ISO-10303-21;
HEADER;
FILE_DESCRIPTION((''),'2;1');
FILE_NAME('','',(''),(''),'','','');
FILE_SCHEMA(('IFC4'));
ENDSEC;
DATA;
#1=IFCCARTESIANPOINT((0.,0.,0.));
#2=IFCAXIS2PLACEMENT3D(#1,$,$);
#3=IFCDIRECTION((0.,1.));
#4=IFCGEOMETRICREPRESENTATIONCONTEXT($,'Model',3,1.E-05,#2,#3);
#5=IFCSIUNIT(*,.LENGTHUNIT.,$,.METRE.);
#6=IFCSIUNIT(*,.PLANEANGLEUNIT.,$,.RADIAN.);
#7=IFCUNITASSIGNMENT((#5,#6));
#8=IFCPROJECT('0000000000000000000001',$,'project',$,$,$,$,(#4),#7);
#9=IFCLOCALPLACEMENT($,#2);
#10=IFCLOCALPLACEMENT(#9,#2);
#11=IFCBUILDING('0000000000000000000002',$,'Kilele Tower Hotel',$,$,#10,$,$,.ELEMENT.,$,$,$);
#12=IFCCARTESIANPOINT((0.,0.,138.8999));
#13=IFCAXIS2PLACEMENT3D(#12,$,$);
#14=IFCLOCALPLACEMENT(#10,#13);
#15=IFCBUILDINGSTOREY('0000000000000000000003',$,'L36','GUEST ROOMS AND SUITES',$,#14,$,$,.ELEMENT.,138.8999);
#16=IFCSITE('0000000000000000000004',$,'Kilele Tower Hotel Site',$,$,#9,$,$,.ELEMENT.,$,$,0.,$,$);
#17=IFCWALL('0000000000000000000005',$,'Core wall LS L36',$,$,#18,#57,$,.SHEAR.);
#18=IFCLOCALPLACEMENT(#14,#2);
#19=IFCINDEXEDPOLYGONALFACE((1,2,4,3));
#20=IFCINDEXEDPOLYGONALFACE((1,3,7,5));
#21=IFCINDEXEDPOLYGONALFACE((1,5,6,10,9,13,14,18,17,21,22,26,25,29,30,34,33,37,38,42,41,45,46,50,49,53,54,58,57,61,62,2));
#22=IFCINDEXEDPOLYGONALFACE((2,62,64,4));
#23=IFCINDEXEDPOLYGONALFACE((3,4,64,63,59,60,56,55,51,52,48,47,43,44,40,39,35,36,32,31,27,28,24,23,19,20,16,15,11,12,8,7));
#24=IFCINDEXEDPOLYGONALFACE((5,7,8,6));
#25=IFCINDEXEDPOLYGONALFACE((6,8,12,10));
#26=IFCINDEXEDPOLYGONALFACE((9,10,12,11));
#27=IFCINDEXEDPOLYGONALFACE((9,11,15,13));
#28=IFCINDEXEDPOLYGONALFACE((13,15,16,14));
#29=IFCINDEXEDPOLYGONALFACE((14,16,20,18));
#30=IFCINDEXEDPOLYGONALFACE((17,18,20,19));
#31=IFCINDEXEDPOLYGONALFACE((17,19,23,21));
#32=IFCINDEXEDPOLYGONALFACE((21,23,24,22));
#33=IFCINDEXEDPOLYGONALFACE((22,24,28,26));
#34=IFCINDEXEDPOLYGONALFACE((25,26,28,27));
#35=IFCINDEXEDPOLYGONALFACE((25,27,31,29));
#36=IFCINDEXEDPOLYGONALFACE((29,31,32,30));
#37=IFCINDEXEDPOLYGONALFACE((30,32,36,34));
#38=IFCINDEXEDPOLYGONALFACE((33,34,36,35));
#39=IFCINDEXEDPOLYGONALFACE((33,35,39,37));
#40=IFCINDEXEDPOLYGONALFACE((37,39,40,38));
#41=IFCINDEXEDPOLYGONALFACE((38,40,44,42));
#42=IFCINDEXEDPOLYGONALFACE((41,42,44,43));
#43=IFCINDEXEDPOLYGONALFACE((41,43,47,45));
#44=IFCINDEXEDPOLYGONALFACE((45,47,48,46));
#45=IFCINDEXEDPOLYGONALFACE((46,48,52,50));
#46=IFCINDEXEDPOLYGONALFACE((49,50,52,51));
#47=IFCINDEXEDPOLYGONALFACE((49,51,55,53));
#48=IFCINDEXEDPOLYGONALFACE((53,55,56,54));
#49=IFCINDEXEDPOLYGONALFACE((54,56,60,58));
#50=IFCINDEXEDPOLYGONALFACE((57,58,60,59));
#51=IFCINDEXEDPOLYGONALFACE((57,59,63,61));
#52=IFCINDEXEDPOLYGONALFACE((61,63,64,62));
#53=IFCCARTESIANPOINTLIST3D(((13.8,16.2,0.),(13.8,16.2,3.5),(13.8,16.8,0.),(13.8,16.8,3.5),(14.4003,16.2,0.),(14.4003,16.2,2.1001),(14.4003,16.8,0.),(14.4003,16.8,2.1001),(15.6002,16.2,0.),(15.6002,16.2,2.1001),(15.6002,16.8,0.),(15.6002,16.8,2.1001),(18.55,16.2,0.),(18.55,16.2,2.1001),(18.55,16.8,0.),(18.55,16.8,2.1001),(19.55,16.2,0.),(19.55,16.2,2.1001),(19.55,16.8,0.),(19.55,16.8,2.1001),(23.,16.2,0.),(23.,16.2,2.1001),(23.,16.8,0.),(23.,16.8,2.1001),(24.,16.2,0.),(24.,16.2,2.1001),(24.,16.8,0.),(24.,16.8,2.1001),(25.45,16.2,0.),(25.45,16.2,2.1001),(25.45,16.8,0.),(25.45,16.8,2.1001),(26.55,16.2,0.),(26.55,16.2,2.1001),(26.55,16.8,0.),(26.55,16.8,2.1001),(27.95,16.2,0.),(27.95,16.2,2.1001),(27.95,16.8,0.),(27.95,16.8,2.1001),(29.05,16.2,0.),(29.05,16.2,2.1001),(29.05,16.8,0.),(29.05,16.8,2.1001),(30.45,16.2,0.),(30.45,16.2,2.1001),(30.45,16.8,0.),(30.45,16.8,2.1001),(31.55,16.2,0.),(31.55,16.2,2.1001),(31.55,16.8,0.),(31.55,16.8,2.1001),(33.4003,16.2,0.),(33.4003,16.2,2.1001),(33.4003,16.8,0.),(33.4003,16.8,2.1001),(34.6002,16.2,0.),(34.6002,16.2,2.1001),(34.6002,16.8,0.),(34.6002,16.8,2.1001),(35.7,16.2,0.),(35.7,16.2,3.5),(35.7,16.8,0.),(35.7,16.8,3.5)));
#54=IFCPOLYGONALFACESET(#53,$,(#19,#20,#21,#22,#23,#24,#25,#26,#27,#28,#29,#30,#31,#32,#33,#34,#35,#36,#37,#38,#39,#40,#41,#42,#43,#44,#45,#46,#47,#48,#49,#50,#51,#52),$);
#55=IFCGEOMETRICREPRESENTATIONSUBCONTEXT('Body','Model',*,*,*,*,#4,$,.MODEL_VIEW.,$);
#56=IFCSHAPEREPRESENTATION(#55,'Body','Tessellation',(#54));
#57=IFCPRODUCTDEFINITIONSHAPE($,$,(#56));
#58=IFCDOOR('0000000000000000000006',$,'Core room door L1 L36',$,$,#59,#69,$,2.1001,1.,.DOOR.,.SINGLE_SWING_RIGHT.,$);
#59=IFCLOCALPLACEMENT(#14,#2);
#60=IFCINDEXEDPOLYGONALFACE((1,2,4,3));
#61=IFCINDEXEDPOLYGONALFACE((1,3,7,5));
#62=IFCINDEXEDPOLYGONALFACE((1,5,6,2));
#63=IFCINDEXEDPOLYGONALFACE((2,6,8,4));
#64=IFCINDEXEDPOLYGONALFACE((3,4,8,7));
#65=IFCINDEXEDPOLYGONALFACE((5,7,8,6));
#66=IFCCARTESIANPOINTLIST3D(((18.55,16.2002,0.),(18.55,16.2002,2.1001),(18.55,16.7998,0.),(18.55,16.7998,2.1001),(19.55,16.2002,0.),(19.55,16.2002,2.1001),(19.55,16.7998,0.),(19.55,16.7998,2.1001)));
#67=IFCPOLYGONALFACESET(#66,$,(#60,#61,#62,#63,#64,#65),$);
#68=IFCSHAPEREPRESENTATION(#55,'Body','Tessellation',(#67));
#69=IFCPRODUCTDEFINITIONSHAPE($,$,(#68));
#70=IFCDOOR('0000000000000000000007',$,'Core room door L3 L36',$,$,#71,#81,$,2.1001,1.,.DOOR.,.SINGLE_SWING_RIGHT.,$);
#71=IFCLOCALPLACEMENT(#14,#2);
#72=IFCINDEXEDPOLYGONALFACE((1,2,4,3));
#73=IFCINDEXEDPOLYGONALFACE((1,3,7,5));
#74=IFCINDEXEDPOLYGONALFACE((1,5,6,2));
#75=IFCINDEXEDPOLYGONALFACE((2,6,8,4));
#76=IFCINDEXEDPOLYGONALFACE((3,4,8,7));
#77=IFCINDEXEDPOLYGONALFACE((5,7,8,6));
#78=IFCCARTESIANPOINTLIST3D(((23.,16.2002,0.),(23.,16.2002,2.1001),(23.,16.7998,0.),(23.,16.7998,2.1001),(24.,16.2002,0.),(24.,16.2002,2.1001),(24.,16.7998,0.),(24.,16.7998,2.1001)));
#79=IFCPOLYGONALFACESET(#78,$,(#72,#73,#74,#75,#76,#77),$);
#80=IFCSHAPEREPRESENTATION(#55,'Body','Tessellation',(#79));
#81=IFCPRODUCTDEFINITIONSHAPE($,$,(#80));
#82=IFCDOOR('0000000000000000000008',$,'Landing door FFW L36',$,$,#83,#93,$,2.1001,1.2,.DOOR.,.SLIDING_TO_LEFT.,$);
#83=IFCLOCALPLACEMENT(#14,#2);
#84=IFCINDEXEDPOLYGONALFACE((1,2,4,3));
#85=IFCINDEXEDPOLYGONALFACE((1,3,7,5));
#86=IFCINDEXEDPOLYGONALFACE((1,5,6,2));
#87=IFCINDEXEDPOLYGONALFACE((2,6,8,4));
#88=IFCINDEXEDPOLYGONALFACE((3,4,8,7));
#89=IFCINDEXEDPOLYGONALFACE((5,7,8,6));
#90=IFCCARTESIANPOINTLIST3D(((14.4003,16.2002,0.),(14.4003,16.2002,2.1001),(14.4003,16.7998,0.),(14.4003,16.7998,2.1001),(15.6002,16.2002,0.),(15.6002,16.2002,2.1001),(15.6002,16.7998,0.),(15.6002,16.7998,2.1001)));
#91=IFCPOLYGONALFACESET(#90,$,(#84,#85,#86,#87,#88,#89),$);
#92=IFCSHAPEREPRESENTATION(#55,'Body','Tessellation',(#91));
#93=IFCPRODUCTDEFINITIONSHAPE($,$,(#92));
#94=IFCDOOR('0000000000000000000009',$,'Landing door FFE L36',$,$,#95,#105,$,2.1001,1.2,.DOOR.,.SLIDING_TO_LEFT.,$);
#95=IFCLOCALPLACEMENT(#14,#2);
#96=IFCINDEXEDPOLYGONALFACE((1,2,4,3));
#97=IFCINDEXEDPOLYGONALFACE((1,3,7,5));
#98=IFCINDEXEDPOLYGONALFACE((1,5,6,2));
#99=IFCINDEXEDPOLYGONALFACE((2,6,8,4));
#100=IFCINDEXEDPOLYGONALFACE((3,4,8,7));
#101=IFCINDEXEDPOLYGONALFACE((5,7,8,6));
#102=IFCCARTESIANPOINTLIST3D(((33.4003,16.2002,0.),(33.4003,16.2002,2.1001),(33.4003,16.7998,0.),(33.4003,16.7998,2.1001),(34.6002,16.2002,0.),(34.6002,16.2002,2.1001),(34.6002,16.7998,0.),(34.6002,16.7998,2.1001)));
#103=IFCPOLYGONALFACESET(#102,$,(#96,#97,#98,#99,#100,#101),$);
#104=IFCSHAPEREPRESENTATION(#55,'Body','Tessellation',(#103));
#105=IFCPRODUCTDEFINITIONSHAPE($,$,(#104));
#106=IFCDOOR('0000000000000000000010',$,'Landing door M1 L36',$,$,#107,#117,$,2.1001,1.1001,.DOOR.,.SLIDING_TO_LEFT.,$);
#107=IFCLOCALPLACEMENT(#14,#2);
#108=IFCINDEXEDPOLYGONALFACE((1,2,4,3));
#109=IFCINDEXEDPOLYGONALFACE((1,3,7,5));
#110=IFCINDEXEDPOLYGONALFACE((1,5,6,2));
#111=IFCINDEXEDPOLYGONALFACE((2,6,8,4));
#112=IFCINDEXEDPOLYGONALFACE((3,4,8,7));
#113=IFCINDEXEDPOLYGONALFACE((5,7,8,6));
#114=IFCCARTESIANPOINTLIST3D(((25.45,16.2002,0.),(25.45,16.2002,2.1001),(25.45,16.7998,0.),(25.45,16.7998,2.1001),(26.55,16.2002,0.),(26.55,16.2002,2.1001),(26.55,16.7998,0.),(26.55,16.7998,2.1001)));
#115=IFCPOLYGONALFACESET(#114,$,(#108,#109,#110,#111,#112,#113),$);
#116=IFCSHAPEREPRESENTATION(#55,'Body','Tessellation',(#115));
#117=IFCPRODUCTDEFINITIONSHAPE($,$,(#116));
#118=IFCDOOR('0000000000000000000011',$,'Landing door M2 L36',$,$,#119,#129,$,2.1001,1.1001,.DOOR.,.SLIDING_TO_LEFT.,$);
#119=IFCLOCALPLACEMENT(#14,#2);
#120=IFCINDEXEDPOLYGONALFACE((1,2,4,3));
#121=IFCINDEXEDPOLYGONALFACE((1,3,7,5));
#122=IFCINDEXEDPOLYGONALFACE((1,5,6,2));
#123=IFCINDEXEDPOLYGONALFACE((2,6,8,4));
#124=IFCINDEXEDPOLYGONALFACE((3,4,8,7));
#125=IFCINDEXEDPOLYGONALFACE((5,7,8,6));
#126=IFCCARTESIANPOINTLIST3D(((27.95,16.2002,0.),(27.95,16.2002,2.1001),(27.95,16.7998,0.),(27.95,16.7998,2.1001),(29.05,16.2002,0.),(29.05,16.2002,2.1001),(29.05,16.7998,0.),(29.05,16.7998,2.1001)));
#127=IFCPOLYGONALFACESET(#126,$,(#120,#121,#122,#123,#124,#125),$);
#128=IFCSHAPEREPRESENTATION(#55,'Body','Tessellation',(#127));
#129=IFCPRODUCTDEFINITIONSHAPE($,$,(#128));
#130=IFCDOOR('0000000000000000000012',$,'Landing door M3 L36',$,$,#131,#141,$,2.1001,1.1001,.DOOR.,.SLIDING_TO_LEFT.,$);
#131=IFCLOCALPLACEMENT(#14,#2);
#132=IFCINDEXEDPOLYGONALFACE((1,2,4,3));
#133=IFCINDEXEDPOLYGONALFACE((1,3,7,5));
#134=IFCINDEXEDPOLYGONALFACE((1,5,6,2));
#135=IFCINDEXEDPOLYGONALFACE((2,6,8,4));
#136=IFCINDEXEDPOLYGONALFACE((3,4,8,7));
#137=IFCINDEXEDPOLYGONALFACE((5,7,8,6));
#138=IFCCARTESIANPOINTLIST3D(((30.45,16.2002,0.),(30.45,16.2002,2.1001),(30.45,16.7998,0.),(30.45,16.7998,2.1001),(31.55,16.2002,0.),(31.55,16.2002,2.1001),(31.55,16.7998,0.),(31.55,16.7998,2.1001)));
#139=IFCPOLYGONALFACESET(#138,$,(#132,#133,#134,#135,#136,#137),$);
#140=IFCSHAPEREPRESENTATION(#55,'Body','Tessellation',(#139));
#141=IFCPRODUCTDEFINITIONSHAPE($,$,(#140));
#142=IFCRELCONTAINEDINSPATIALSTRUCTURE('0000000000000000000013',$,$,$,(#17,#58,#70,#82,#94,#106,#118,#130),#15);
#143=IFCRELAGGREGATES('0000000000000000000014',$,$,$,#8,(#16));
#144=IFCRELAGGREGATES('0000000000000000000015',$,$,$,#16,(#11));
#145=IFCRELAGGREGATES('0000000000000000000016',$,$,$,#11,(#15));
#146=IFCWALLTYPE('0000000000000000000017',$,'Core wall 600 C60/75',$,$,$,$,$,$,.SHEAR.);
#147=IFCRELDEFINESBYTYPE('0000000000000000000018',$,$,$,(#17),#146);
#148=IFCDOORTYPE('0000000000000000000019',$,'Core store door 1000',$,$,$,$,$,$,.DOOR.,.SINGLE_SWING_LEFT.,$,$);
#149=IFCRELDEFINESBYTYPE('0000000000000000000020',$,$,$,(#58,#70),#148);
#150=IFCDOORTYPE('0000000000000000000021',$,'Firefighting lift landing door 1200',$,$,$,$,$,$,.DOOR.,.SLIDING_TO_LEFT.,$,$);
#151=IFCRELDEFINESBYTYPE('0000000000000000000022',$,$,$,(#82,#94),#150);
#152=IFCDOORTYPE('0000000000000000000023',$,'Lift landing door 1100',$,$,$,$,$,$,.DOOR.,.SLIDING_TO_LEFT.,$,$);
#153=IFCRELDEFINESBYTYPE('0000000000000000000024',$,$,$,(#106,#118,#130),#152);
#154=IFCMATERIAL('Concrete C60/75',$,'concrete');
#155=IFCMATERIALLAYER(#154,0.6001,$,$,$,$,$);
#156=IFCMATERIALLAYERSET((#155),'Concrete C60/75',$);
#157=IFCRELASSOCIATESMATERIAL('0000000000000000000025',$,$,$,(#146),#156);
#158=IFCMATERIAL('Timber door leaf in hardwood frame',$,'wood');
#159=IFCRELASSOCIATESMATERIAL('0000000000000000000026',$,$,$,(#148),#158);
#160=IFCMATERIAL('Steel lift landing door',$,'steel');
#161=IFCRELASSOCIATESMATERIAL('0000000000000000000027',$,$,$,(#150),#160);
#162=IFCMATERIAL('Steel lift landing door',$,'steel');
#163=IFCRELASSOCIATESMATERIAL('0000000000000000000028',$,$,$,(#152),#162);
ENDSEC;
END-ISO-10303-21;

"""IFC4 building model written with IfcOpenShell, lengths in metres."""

from ifc_helpers import new_model, si_unit, direction, frame, frame_2d, origin, place, context, subcontext, project, spatial, rectangle, extrude, material, layer, layer_set, type_object, element, fill, save


model = new_model("IFC4")

# Units and contexts
model_context = context("Model", 3, precision=1e-05, world=origin(), true_north=direction((0.0, 1.0)))
body_context = subcontext(model_context, "Body", "Model", "MODEL_VIEW")
ifc_project = project(units=[si_unit("LENGTHUNIT", "METRE"), si_unit("PLANEANGLEUNIT", "RADIAN")], contexts=[model_context])

# Site, building, storey
site_placement = place(None, origin())
site = spatial("IfcSite", under=ifc_project, at=site_placement, Name="Kilele Tower Hotel Site", CompositionType="ELEMENT", RefElevation=0.0)
building_placement = place(site_placement, origin())
building = spatial("IfcBuilding", under=site, at=building_placement, Name="Kilele Tower Hotel", CompositionType="ELEMENT")
storey_placement = place(building_placement, frame((0.0, 0.0, 138.8999)))
storey = spatial("IfcBuildingStorey", under=building, at=storey_placement, Name="L36", Description="GUEST ROOMS AND SUITES", CompositionType="ELEMENT", Elevation=138.8999)

# Shared definitions
ifc_material_1 = material(Name="Concrete C60/75", Category="concrete")
ifc_layer_1 = layer(ifc_material_1, 0.6001)
ifc_layer_set_1 = layer_set([ifc_layer_1], Name="Concrete C60/75")
wall_type_1 = type_object("IfcWallType", Name="Core wall 600 C60/75", PredefinedType="SHEAR", material=ifc_layer_set_1)

# Wall, openings, doors
wall_1_placement = place(storey_placement, frame((13.8, 16.5, 0.0), z_axis=(0.0, 0.0, 1.0), x_axis=(1.0, 0.0, 0.0)))
wall_1 = element("IfcWall", 1, at=wall_1_placement, inside=storey, type_object=wall_type_1, Name="Core wall LS L36", PredefinedType="SHEAR", context=body_context, shape_type="SweptSolid", body=[
    extrude(rectangle(XDim=21.8999, YDim=0.6001, at=frame_2d((10.95, 0.0))), origin(), (0.0, 0.0, 1.0), 3.5),
])
opening_1_placement = place(wall_1_placement, frame((11.6499, 0.0, 0.0)))
opening_1 = element("IfcOpeningElement", 2, at=opening_1_placement, cuts=wall_1, PredefinedType="OPENING", context=body_context, shape_type="SweptSolid", body=[
    extrude(rectangle(XDim=1.1001, YDim=2.1001, at=frame_2d((0.55, 1.05))), frame((0.0, 0.3101, 0.0), z_axis=(0.0, -1.0, 0.0), x_axis=(1.0, 0.0, 0.0)), (0.0, 0.0, 1.0), 0.6201),
])
opening_2_placement = place(wall_1_placement, frame((14.1499, 0.0, 0.0)))
opening_2 = element("IfcOpeningElement", 3, at=opening_2_placement, cuts=wall_1, PredefinedType="OPENING", context=body_context, shape_type="SweptSolid", body=[
    extrude(rectangle(XDim=1.1001, YDim=2.1001, at=frame_2d((0.55, 1.05))), frame((0.0, 0.3101, 0.0), z_axis=(0.0, -1.0, 0.0), x_axis=(1.0, 0.0, 0.0)), (0.0, 0.0, 1.0), 0.6201),
])
opening_3_placement = place(wall_1_placement, frame((16.6499, 0.0, 0.0)))
opening_3 = element("IfcOpeningElement", 4, at=opening_3_placement, cuts=wall_1, PredefinedType="OPENING", context=body_context, shape_type="SweptSolid", body=[
    extrude(rectangle(XDim=1.1001, YDim=2.1001, at=frame_2d((0.55, 1.05))), frame((0.0, 0.3101, 0.0), z_axis=(0.0, -1.0, 0.0), x_axis=(1.0, 0.0, 0.0)), (0.0, 0.0, 1.0), 0.6201),
])
opening_4_placement = place(wall_1_placement, frame((5.75, 0.0, 0.0), z_axis=(0.0, 0.0, 1.0), x_axis=(-1.0, 0.0, 0.0)))
opening_4 = element("IfcOpeningElement", 5, at=opening_4_placement, cuts=wall_1, PredefinedType="OPENING", context=body_context, shape_type="SweptSolid", body=[
    extrude(rectangle(XDim=1.0, YDim=2.1001, at=frame_2d((0.5, 1.05))), frame((0.0, 0.3101, 0.0), z_axis=(0.0, -1.0, 0.0), x_axis=(1.0, 0.0, 0.0)), (0.0, 0.0, 1.0), 0.6201),
])
opening_5_placement = place(wall_1_placement, frame((10.2, 0.0, 0.0), z_axis=(0.0, 0.0, 1.0), x_axis=(-1.0, 0.0, 0.0)))
opening_5 = element("IfcOpeningElement", 6, at=opening_5_placement, cuts=wall_1, PredefinedType="OPENING", context=body_context, shape_type="SweptSolid", body=[
    extrude(rectangle(XDim=1.0, YDim=2.1001, at=frame_2d((0.5, 1.05))), frame((0.0, 0.3101, 0.0), z_axis=(0.0, -1.0, 0.0), x_axis=(1.0, 0.0, 0.0)), (0.0, 0.0, 1.0), 0.6201),
])
opening_6_placement = place(wall_1_placement, frame((0.6001, 0.0, 0.0)))
opening_6 = element("IfcOpeningElement", 7, at=opening_6_placement, cuts=wall_1, PredefinedType="OPENING", context=body_context, shape_type="SweptSolid", body=[
    extrude(rectangle(XDim=1.2, YDim=2.1001, at=frame_2d((0.6001, 1.05))), frame((0.0, 0.3101, 0.0), z_axis=(0.0, -1.0, 0.0), x_axis=(1.0, 0.0, 0.0)), (0.0, 0.0, 1.0), 0.6201),
])
opening_7_placement = place(wall_1_placement, frame((19.6001, 0.0, 0.0)))
opening_7 = element("IfcOpeningElement", 8, at=opening_7_placement, cuts=wall_1, PredefinedType="OPENING", context=body_context, shape_type="SweptSolid", body=[
    extrude(rectangle(XDim=1.2, YDim=2.1001, at=frame_2d((0.6001, 1.05))), frame((0.0, 0.3101, 0.0), z_axis=(0.0, -1.0, 0.0), x_axis=(1.0, 0.0, 0.0)), (0.0, 0.0, 1.0), 0.6201),
])
ifc_material_2 = material(Name="Timber door leaf in hardwood frame", Category="wood")
door_type_1 = type_object("IfcDoorType", Name="Core store door 1000", OperationType="SINGLE_SWING_LEFT", PredefinedType="DOOR", material=ifc_material_2)
door_1_placement = place(opening_4_placement, origin())
door_1 = element("IfcDoor", 9, at=door_1_placement, inside=storey, type_object=door_type_1, Name="Core room door L1 L36", OperationType="SINGLE_SWING_RIGHT", OverallHeight=2.1001, OverallWidth=1.0, PredefinedType="DOOR", context=body_context, shape_type="SweptSolid", body=[
    extrude(rectangle(XDim=1.0, YDim=2.1001, at=frame_2d((0.5, 1.05))), frame((0.0, 0.2998, 0.0), z_axis=(0.0, -1.0, 0.0), x_axis=(1.0, 0.0, 0.0)), (0.0, 0.0, 1.0), 0.5996),
])
fill(opening_4, door_1)
door_2_placement = place(opening_5_placement, origin())
door_2 = element("IfcDoor", 10, at=door_2_placement, inside=storey, type_object=door_type_1, Name="Core room door L3 L36", OperationType="SINGLE_SWING_RIGHT", OverallHeight=2.1001, OverallWidth=1.0, PredefinedType="DOOR", context=body_context, shape_type="SweptSolid", body=[
    extrude(rectangle(XDim=1.0, YDim=2.1001, at=frame_2d((0.5, 1.05))), frame((0.0, 0.2998, 0.0), z_axis=(0.0, -1.0, 0.0), x_axis=(1.0, 0.0, 0.0)), (0.0, 0.0, 1.0), 0.5996),
])
fill(opening_5, door_2)
ifc_material_3 = material(Name="Steel lift landing door", Category="steel")
door_type_2 = type_object("IfcDoorType", Name="Firefighting lift landing door 1200", OperationType="SLIDING_TO_LEFT", PredefinedType="DOOR", material=ifc_material_3)
door_3_placement = place(opening_6_placement, origin())
door_3 = element("IfcDoor", 11, at=door_3_placement, inside=storey, type_object=door_type_2, Name="Landing door FFW L36", OperationType="SLIDING_TO_LEFT", OverallHeight=2.1001, OverallWidth=1.2, PredefinedType="DOOR", context=body_context, shape_type="SweptSolid", body=[
    extrude(rectangle(XDim=1.2, YDim=2.1001, at=frame_2d((0.6001, 1.05))), frame((0.0, 0.2998, 0.0), z_axis=(0.0, -1.0, 0.0), x_axis=(1.0, 0.0, 0.0)), (0.0, 0.0, 1.0), 0.5996),
])
fill(opening_6, door_3)
door_4_placement = place(opening_7_placement, origin())
door_4 = element("IfcDoor", 12, at=door_4_placement, inside=storey, type_object=door_type_2, Name="Landing door FFE L36", OperationType="SLIDING_TO_LEFT", OverallHeight=2.1001, OverallWidth=1.2, PredefinedType="DOOR", context=body_context, shape_type="SweptSolid", body=[
    extrude(rectangle(XDim=1.2, YDim=2.1001, at=frame_2d((0.6001, 1.05))), frame((0.0, 0.2998, 0.0), z_axis=(0.0, -1.0, 0.0), x_axis=(1.0, 0.0, 0.0)), (0.0, 0.0, 1.0), 0.5996),
])
fill(opening_7, door_4)
ifc_material_4 = material(Name="Steel lift landing door", Category="steel")
door_type_3 = type_object("IfcDoorType", Name="Lift landing door 1100", OperationType="SLIDING_TO_LEFT", PredefinedType="DOOR", material=ifc_material_4)
door_5_placement = place(opening_1_placement, origin())
door_5 = element("IfcDoor", 13, at=door_5_placement, inside=storey, type_object=door_type_3, Name="Landing door M1 L36", OperationType="SLIDING_TO_LEFT", OverallHeight=2.1001, OverallWidth=1.1001, PredefinedType="DOOR", context=body_context, shape_type="SweptSolid", body=[
    extrude(rectangle(XDim=1.1001, YDim=2.1001, at=frame_2d((0.55, 1.05))), frame((0.0, 0.2998, 0.0), z_axis=(0.0, -1.0, 0.0), x_axis=(1.0, 0.0, 0.0)), (0.0, 0.0, 1.0), 0.5996),
])
fill(opening_1, door_5)
door_6_placement = place(opening_2_placement, origin())
door_6 = element("IfcDoor", 14, at=door_6_placement, inside=storey, type_object=door_type_3, Name="Landing door M2 L36", OperationType="SLIDING_TO_LEFT", OverallHeight=2.1001, OverallWidth=1.1001, PredefinedType="DOOR", context=body_context, shape_type="SweptSolid", body=[
    extrude(rectangle(XDim=1.1001, YDim=2.1001, at=frame_2d((0.55, 1.05))), frame((0.0, 0.2998, 0.0), z_axis=(0.0, -1.0, 0.0), x_axis=(1.0, 0.0, 0.0)), (0.0, 0.0, 1.0), 0.5996),
])
fill(opening_2, door_6)
door_7_placement = place(opening_3_placement, origin())
door_7 = element("IfcDoor", 15, at=door_7_placement, inside=storey, type_object=door_type_3, Name="Landing door M3 L36", OperationType="SLIDING_TO_LEFT", OverallHeight=2.1001, OverallWidth=1.1001, PredefinedType="DOOR", context=body_context, shape_type="SweptSolid", body=[
    extrude(rectangle(XDim=1.1001, YDim=2.1001, at=frame_2d((0.55, 1.05))), frame((0.0, 0.2998, 0.0), z_axis=(0.0, -1.0, 0.0), x_axis=(1.0, 0.0, 0.0)), (0.0, 0.0, 1.0), 0.5996),
])
fill(opening_3, door_7)

save(model, "model.ifc")
